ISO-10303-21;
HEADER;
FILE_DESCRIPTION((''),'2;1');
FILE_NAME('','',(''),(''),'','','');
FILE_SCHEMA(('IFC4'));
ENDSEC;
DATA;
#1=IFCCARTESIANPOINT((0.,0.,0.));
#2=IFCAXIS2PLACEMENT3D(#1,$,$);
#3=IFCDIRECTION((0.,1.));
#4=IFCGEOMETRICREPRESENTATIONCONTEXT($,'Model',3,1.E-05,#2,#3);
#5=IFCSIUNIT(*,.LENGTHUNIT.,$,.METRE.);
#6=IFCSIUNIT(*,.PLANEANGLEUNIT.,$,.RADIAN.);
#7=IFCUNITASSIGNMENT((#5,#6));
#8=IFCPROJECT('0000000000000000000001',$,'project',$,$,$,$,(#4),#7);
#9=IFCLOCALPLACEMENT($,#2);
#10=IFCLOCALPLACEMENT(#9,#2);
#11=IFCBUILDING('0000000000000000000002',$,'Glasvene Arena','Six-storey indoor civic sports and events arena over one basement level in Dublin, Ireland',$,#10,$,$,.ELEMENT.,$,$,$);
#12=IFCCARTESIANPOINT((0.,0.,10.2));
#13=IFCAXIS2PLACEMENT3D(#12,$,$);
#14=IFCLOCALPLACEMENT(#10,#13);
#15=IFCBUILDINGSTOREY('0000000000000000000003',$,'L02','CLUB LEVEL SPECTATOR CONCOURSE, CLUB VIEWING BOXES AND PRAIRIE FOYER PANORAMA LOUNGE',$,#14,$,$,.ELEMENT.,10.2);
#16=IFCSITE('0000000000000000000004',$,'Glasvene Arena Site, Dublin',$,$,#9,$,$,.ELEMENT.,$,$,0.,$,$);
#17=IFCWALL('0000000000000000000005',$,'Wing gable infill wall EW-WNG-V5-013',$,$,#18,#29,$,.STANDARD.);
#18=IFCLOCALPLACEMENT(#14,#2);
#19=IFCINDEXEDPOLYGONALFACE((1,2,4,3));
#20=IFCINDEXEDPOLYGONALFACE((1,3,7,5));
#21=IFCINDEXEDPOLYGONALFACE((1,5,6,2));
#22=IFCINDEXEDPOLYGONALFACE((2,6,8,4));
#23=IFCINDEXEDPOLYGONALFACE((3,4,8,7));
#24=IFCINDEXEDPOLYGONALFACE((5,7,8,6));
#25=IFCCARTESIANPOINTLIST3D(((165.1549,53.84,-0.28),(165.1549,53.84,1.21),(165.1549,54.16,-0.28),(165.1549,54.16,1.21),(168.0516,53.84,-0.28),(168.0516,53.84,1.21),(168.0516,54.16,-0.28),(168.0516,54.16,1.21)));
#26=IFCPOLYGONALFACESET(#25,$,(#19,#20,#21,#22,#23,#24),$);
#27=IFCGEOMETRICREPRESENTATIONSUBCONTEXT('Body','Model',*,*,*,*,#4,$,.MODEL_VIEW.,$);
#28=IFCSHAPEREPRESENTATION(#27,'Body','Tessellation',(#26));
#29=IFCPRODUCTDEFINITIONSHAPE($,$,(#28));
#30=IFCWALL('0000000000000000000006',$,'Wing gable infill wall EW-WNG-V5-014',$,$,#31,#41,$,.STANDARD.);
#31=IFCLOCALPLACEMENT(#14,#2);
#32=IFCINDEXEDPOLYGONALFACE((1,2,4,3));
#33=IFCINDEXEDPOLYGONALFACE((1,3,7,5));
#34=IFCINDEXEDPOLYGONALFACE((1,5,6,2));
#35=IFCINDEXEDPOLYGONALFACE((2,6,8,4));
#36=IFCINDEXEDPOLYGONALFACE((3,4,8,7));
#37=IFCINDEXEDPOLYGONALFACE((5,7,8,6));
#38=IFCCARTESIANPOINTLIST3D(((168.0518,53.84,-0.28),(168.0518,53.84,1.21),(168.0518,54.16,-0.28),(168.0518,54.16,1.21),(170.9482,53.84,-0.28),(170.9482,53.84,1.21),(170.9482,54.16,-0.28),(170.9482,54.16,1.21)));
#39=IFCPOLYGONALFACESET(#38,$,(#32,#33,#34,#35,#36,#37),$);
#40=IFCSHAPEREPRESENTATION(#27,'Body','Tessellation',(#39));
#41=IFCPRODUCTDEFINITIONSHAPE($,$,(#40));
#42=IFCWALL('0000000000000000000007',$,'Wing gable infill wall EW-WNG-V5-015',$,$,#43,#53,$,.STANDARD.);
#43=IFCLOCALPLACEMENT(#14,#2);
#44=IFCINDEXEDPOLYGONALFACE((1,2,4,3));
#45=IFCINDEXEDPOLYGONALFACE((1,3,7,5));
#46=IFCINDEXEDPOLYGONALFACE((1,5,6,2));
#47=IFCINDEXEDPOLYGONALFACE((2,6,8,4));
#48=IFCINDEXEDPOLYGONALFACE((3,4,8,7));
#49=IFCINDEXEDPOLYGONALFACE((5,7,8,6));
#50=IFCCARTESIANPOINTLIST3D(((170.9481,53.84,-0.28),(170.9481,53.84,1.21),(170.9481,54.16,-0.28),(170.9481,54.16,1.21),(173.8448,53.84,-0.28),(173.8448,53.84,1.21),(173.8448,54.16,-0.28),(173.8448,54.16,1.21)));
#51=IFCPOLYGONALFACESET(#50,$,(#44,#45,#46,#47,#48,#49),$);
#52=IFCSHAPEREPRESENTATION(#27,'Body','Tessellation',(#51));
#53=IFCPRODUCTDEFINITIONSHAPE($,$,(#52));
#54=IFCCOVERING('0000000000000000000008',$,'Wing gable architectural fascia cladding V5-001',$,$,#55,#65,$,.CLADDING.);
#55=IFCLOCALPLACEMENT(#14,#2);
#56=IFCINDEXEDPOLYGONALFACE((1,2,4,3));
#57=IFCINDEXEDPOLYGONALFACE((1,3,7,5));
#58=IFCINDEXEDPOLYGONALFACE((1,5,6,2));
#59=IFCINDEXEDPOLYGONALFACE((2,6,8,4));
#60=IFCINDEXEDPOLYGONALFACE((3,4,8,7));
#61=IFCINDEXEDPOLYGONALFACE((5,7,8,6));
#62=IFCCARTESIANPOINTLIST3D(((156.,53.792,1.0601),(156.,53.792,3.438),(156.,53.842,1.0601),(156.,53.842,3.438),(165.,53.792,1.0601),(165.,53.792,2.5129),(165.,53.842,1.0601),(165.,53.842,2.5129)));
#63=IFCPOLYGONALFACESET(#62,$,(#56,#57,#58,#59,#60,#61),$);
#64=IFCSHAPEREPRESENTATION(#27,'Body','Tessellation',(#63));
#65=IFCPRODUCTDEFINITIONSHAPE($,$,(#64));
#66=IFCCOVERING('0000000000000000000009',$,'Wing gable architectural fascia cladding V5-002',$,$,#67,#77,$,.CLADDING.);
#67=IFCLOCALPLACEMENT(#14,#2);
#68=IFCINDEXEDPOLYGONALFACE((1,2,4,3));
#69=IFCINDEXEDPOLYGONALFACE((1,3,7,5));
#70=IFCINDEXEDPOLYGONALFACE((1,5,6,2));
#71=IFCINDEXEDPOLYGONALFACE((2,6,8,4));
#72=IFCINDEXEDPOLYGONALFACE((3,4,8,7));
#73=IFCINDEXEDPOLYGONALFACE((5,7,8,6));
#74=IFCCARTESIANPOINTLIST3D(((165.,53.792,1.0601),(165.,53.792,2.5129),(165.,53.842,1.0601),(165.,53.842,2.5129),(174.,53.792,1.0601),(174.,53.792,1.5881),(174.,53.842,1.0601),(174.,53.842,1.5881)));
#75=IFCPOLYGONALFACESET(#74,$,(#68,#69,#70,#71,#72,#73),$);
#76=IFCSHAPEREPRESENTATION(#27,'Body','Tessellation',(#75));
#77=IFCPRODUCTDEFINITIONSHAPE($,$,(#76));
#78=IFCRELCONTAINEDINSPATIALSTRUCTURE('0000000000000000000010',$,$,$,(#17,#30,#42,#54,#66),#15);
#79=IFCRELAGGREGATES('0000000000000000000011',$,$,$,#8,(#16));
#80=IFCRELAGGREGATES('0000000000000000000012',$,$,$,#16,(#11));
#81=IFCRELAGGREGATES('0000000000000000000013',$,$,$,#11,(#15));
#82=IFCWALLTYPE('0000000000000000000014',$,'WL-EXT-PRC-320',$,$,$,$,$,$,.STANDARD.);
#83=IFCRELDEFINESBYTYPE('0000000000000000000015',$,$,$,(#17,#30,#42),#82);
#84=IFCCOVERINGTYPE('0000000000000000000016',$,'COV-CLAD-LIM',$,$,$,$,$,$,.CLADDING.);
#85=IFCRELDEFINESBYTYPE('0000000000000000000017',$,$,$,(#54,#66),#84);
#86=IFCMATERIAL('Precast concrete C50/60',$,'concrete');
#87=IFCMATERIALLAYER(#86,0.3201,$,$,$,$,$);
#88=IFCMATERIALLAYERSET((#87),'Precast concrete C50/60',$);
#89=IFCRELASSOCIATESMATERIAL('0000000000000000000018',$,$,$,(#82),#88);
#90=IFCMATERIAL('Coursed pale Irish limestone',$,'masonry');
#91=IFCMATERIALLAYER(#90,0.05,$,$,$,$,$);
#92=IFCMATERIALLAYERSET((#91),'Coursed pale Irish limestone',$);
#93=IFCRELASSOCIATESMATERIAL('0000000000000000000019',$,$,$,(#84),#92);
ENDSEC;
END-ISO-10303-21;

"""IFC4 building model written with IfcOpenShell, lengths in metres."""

from ifc_helpers import new_model, si_unit, direction, frame, frame_2d, origin, place, context, subcontext, project, spatial, polyline, rectangle, outline, extrude, material, layer, layer_set, type_object, element, save


model = new_model("IFC4")

# Units and contexts
model_context = context("Model", 3, precision=1e-05, world=origin(), true_north=direction((0.0, 1.0)))
body_context = subcontext(model_context, "Body", "Model", "MODEL_VIEW")
ifc_project = project(units=[si_unit("LENGTHUNIT", "METRE"), si_unit("PLANEANGLEUNIT", "RADIAN")], contexts=[model_context])

# Site, building, storey
site_placement = place(None, origin())
site = spatial("IfcSite", under=ifc_project, at=site_placement, Name="Glasvene Arena Site, Dublin", CompositionType="ELEMENT", RefElevation=0.0)
building_placement = place(site_placement, origin())
building = spatial("IfcBuilding", under=site, at=building_placement, Name="Glasvene Arena", Description="Six-storey indoor civic sports and events arena over one basement level in Dublin, Ireland", CompositionType="ELEMENT")
storey_placement = place(building_placement, frame((0.0, 0.0, 10.2)))
storey = spatial("IfcBuildingStorey", under=building, at=storey_placement, Name="L02", Description="CLUB LEVEL SPECTATOR CONCOURSE, CLUB VIEWING BOXES AND PRAIRIE FOYER PANORAMA LOUNGE", CompositionType="ELEMENT", Elevation=10.2)

# Shared definitions
ifc_material_1 = material(Name="Precast concrete C50/60", Category="concrete")
ifc_layer_1 = layer(ifc_material_1, 0.3201)
ifc_layer_set_1 = layer_set([ifc_layer_1], Name="Precast concrete C50/60")
wall_type = type_object("IfcWallType", Name="WL-EXT-PRC-320", PredefinedType="STANDARD", material=ifc_layer_set_1)

# Walls
for number, where, z_axis, x_axis, name in (
    (1, (165.155, 54.0, -0.28), (0.0, 0.0, 1.0), (1.0, 0.0, 0.0), "Wing gable infill wall EW-WNG-V5-013"),
):
    element("IfcWall", number, at=place(storey_placement, frame(where, z_axis=z_axis, x_axis=x_axis)), inside=storey, type_object=wall_type, Name=name, PredefinedType="STANDARD", context=body_context, shape_type="SweptSolid", body=[
        extrude(rectangle(XDim=2.8967, YDim=0.3201, at=frame_2d((1.4482, 0.0))), origin(), (0.0, 0.0, 1.0), 1.49),
    ])
wall_1_placement = place(storey_placement, frame((168.0518, 54.0, -0.28), z_axis=(0.0, 0.0, 1.0), x_axis=(1.0, 0.0, 0.0)))
element("IfcWall", 2, at=wall_1_placement, inside=storey, type_object=wall_type, Name="Wing gable infill wall EW-WNG-V5-014", PredefinedType="STANDARD", context=body_context, shape_type="SweptSolid", body=[
    extrude(rectangle(XDim=2.8965, YDim=0.3201, at=frame_2d((1.4482, 0.0))), origin(), (0.0, 0.0, 1.0), 1.49),
])
wall_2_placement = place(storey_placement, frame((170.9482, 54.0, -0.28), z_axis=(0.0, 0.0, 1.0), x_axis=(1.0, 0.0, 0.0)))
element("IfcWall", 3, at=wall_2_placement, inside=storey, type_object=wall_type, Name="Wing gable infill wall EW-WNG-V5-015", PredefinedType="STANDARD", context=body_context, shape_type="SweptSolid", body=[
    extrude(rectangle(XDim=2.8967, YDim=0.3201, at=frame_2d((1.4482, 0.0))), origin(), (0.0, 0.0, 1.0), 1.49),
])

# Coverings
ifc_material_2 = material(Name="Coursed pale Irish limestone", Category="masonry")
ifc_layer_2 = layer(ifc_material_2, 0.05)
ifc_layer_set_2 = layer_set([ifc_layer_2], Name="Coursed pale Irish limestone")
covering_type = type_object("IfcCoveringType", Name="COV-CLAD-LIM", PredefinedType="CLADDING", material=ifc_layer_set_2)
covering_1_placement = place(storey_placement, frame((156.0, 53.792, 1.0601), z_axis=(0.0, -1.0, 0.0), x_axis=(1.0, 0.0, 0.0)))
element("IfcCovering", 4, at=covering_1_placement, inside=storey, type_object=covering_type, Name="Wing gable architectural fascia cladding V5-001", PredefinedType="CLADDING", context=body_context, shape_type="SweptSolid", body=[
    extrude(outline(polyline([(0.0, 0.0), (9.0, 0.0), (9.0, 1.4529), (0.0, 2.3779), (0.0, 0.0)])), origin(), (0.0, 0.0, -1.0), 0.05),
])
covering_2_placement = place(storey_placement, frame((165.0, 53.792, 1.0601), z_axis=(0.0, -1.0, 0.0), x_axis=(1.0, 0.0, 0.0)))
element("IfcCovering", 5, at=covering_2_placement, inside=storey, type_object=covering_type, Name="Wing gable architectural fascia cladding V5-002", PredefinedType="CLADDING", context=body_context, shape_type="SweptSolid", body=[
    extrude(outline(polyline([(0.0, 0.0), (9.0, 0.0), (9.0, 0.5281), (0.0, 1.4529), (0.0, 0.0)])), origin(), (0.0, 0.0, -1.0), 0.05),
])

save(model, "model.ifc")
